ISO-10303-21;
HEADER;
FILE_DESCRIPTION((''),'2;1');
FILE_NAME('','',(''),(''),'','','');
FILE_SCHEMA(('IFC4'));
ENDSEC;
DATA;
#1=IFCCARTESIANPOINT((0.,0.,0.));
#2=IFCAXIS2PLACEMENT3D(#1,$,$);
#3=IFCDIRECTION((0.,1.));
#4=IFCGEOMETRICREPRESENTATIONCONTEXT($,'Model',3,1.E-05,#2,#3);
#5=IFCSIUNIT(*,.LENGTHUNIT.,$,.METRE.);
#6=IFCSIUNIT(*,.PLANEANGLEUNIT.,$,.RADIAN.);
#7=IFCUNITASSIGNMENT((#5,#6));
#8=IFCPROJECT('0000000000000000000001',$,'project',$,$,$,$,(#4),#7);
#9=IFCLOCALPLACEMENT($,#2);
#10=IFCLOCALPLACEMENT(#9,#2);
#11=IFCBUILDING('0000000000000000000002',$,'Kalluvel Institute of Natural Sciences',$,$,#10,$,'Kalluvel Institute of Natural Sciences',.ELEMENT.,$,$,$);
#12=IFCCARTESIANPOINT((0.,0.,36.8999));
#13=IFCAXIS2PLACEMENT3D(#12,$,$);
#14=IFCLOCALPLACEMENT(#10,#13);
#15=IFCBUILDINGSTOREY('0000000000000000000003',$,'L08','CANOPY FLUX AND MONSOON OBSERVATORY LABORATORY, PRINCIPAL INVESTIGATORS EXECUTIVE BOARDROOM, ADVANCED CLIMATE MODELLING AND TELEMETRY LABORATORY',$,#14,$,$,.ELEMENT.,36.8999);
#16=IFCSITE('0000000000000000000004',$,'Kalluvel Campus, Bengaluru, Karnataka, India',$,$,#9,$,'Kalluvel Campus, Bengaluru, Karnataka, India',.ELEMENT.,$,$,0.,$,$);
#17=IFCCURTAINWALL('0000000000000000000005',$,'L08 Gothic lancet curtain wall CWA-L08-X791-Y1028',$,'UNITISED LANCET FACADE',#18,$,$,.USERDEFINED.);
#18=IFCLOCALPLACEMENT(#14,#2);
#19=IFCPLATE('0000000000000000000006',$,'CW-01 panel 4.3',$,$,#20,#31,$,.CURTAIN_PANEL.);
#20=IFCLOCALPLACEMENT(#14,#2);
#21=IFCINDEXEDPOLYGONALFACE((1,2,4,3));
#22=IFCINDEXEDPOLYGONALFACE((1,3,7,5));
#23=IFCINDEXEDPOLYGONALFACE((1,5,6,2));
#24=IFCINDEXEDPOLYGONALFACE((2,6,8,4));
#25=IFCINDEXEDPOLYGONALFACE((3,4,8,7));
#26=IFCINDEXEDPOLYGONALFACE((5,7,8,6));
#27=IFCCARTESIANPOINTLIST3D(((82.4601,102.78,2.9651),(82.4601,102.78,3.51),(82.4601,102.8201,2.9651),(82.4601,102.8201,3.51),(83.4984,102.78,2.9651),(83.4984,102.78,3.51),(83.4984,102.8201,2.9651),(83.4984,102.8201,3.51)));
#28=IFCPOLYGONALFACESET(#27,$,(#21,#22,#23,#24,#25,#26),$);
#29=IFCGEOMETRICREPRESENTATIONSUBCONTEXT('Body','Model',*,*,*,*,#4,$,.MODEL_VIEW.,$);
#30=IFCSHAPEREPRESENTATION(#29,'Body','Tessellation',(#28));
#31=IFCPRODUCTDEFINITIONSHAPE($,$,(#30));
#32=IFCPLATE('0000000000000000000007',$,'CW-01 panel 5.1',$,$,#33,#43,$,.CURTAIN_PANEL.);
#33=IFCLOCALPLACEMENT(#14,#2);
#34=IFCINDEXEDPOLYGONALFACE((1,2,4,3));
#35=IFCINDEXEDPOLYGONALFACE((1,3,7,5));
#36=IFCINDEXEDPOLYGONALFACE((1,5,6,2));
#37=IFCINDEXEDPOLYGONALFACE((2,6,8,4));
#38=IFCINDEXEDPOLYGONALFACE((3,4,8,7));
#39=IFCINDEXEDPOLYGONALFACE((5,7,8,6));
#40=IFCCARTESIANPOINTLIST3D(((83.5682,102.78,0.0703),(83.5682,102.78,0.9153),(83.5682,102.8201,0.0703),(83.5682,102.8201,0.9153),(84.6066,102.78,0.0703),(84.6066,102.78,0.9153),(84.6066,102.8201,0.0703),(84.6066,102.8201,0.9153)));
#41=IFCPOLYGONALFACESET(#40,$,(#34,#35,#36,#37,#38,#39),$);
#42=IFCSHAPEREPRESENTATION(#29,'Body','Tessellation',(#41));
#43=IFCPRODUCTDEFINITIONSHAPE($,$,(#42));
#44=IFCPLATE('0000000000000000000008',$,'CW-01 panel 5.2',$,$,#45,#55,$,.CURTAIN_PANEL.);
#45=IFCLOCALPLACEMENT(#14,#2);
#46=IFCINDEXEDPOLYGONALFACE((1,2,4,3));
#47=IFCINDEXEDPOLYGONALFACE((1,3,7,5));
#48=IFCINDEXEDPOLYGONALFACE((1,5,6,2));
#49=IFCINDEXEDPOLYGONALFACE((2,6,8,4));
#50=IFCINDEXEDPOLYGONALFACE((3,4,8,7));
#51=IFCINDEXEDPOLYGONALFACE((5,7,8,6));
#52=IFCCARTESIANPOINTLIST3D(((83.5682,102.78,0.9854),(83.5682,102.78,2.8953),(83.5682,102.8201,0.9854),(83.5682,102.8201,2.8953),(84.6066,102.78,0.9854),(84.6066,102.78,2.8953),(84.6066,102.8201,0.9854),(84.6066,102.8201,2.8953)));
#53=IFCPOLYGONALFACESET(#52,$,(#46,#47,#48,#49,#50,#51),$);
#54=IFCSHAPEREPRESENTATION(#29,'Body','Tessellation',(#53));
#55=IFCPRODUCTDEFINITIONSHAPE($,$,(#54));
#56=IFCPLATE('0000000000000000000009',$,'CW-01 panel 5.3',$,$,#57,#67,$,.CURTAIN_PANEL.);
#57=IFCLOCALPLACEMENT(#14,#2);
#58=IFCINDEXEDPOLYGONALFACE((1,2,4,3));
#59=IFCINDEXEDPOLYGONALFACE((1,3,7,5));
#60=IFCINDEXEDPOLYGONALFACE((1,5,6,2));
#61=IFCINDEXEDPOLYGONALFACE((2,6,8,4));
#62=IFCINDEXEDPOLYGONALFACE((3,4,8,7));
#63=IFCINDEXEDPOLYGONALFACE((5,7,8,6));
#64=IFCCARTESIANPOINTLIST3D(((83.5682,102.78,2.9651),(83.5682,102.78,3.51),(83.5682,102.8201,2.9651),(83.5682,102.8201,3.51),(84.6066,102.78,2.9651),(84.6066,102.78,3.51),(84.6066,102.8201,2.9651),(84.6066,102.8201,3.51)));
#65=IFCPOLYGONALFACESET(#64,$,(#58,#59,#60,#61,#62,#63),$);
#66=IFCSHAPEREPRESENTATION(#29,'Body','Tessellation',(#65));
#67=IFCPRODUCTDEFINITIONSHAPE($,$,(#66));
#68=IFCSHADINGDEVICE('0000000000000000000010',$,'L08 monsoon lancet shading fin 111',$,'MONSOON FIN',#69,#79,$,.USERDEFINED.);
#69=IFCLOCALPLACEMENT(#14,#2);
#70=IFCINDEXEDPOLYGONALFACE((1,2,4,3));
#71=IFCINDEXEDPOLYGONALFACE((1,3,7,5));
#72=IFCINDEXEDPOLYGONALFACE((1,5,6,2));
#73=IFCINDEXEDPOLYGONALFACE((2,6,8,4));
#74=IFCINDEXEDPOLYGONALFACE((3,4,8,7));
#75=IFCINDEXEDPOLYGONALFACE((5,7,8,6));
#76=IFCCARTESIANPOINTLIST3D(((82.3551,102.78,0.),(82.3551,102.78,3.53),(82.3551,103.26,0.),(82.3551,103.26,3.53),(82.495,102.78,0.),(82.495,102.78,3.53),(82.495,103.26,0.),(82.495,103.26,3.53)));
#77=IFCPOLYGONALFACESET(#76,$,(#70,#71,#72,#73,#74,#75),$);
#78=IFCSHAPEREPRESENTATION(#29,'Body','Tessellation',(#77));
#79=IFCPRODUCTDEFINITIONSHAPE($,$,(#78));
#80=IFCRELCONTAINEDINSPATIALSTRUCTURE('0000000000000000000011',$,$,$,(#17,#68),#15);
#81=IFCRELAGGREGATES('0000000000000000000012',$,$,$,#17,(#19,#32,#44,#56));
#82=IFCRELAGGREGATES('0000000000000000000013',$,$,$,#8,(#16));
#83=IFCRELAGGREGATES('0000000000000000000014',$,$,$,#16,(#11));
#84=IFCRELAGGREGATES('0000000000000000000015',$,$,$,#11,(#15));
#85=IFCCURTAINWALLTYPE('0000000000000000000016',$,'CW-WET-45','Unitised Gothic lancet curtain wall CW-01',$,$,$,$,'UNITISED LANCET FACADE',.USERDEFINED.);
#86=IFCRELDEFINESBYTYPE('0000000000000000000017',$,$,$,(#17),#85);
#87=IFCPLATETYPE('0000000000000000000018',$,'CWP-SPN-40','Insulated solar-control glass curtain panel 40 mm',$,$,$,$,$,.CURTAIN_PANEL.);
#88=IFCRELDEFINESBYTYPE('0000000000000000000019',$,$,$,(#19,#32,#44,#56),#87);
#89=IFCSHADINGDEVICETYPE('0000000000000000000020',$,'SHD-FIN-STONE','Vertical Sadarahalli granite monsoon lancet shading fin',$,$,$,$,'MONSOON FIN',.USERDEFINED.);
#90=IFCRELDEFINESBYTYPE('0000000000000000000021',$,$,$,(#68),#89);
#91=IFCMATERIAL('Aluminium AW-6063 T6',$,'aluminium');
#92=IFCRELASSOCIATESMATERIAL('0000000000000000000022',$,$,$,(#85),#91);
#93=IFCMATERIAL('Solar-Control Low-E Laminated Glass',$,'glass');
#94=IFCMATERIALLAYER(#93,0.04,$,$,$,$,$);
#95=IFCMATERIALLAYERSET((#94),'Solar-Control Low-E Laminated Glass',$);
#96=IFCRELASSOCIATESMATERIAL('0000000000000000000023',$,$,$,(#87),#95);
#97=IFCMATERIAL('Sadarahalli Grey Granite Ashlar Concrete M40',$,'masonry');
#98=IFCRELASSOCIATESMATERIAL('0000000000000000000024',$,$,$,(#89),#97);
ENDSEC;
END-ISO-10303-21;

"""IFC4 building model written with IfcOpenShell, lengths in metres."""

from ifc_helpers import new_model, si_unit, direction, frame, origin, origin_2d, place, context, subcontext, project, spatial, rectangle, extrude, material, layer, layer_set, type_object, element, aggregate, save


model = new_model("IFC4")

# Units and contexts
model_context = context("Model", 3, precision=1e-05, world=origin(), true_north=direction((0.0, 1.0)))
body_context = subcontext(model_context, "Body", "Model", "MODEL_VIEW")
ifc_project = project(units=[si_unit("LENGTHUNIT", "METRE"), si_unit("PLANEANGLEUNIT", "RADIAN")], contexts=[model_context])

# Site, building, storey
site_placement = place(None, origin())
site = spatial("IfcSite", under=ifc_project, at=site_placement, Name="Kalluvel Campus, Bengaluru, Karnataka, India", LongName="Kalluvel Campus, Bengaluru, Karnataka, India", CompositionType="ELEMENT", RefElevation=0.0)
building_placement = place(site_placement, origin())
building = spatial("IfcBuilding", under=site, at=building_placement, Name="Kalluvel Institute of Natural Sciences", LongName="Kalluvel Institute of Natural Sciences", CompositionType="ELEMENT")
storey_placement = place(building_placement, frame((0.0, 0.0, 36.8999)))
storey = spatial("IfcBuildingStorey", under=building, at=storey_placement, Name="L08", Description="CANOPY FLUX AND MONSOON OBSERVATORY LABORATORY, PRINCIPAL INVESTIGATORS EXECUTIVE BOARDROOM, ADVANCED CLIMATE MODELLING AND TELEMETRY LABORATORY", CompositionType="ELEMENT", Elevation=36.8999)

# Curtain wall
ifc_material_1 = material(Name="Aluminium AW-6063 T6", Category="aluminium")
curtain_wall_type = type_object("IfcCurtainWallType", Name="CW-WET-45", Description="Unitised Gothic lancet curtain wall CW-01", ElementType="UNITISED LANCET FACADE", PredefinedType="USERDEFINED", material=ifc_material_1)
curtain_wall_placement = place(storey_placement, origin())
curtain_wall = element("IfcCurtainWall", 1, at=curtain_wall_placement, inside=storey, type_object=curtain_wall_type, Name="L08 Gothic lancet curtain wall CWA-L08-X791-Y1028", ObjectType="UNITISED LANCET FACADE", PredefinedType="USERDEFINED")

# Plates
ifc_material_2 = material(Name="Solar-Control Low-E Laminated Glass", Category="glass")
ifc_layer = layer(ifc_material_2, 0.04)
ifc_layer_set = layer_set([ifc_layer], Name="Solar-Control Low-E Laminated Glass")
plate_type = type_object("IfcPlateType", Name="CWP-SPN-40", Description="Insulated solar-control glass curtain panel 40 mm", PredefinedType="CURTAIN_PANEL", material=ifc_layer_set)
plate_1_placement = place(storey_placement, frame((82.9792, 102.8, 2.9651), z_axis=(0.0, 0.0, 1.0), x_axis=(1.0, 0.0, 0.0)))
plate_1 = element("IfcPlate", 2, at=plate_1_placement, type_object=plate_type, Name="CW-01 panel 4.3", PredefinedType="CURTAIN_PANEL", context=body_context, shape_type="SweptSolid", body=[
    extrude(rectangle(XDim=1.0383, YDim=0.04, at=origin_2d()), origin(), (0.0, 0.0, 1.0), 0.5449),
])
plate_2_placement = place(storey_placement, frame((84.0874, 102.8, 0.0703), z_axis=(0.0, 0.0, 1.0), x_axis=(1.0, 0.0, 0.0)))
plate_2 = element("IfcPlate", 3, at=plate_2_placement, type_object=plate_type, Name="CW-01 panel 5.1", PredefinedType="CURTAIN_PANEL", context=body_context, shape_type="SweptSolid", body=[
    extrude(rectangle(XDim=1.0383, YDim=0.04, at=origin_2d()), origin(), (0.0, 0.0, 1.0), 0.845),
])
plate_3_placement = place(storey_placement, frame((84.0874, 102.8, 0.9854), z_axis=(0.0, 0.0, 1.0), x_axis=(1.0, 0.0, 0.0)))
plate_3 = element("IfcPlate", 4, at=plate_3_placement, type_object=plate_type, Name="CW-01 panel 5.2", PredefinedType="CURTAIN_PANEL", context=body_context, shape_type="SweptSolid", body=[
    extrude(rectangle(XDim=1.0383, YDim=0.04, at=origin_2d()), origin(), (0.0, 0.0, 1.0), 1.9099),
])
plate_4_placement = place(storey_placement, frame((84.0874, 102.8, 2.9651), z_axis=(0.0, 0.0, 1.0), x_axis=(1.0, 0.0, 0.0)))
plate_4 = element("IfcPlate", 5, at=plate_4_placement, type_object=plate_type, Name="CW-01 panel 5.3", PredefinedType="CURTAIN_PANEL", context=body_context, shape_type="SweptSolid", body=[
    extrude(rectangle(XDim=1.0383, YDim=0.04, at=origin_2d()), origin(), (0.0, 0.0, 1.0), 0.5449),
])
aggregate(curtain_wall, [plate_1, plate_2, plate_3, plate_4])

# Shading device
ifc_material_3 = material(Name="Sadarahalli Grey Granite Ashlar Concrete M40", Category="masonry")
shading_device_type = type_object("IfcShadingDeviceType", Name="SHD-FIN-STONE", Description="Vertical Sadarahalli granite monsoon lancet shading fin", ElementType="MONSOON FIN", PredefinedType="USERDEFINED", material=ifc_material_3)
shading_device_placement = place(storey_placement, frame((82.425, 103.02, 0.0), z_axis=(0.0, 0.0, 1.0), x_axis=(1.0, 0.0, 0.0)))
element("IfcShadingDevice", 6, at=shading_device_placement, inside=storey, type_object=shading_device_type, Name="L08 monsoon lancet shading fin 111", ObjectType="MONSOON FIN", PredefinedType="USERDEFINED", context=body_context, shape_type="SweptSolid", body=[
    extrude(rectangle(XDim=0.1399, YDim=0.48, at=origin_2d()), origin(), (0.0, 0.0, 1.0), 3.53),
])

save(model, "model.ifc")
